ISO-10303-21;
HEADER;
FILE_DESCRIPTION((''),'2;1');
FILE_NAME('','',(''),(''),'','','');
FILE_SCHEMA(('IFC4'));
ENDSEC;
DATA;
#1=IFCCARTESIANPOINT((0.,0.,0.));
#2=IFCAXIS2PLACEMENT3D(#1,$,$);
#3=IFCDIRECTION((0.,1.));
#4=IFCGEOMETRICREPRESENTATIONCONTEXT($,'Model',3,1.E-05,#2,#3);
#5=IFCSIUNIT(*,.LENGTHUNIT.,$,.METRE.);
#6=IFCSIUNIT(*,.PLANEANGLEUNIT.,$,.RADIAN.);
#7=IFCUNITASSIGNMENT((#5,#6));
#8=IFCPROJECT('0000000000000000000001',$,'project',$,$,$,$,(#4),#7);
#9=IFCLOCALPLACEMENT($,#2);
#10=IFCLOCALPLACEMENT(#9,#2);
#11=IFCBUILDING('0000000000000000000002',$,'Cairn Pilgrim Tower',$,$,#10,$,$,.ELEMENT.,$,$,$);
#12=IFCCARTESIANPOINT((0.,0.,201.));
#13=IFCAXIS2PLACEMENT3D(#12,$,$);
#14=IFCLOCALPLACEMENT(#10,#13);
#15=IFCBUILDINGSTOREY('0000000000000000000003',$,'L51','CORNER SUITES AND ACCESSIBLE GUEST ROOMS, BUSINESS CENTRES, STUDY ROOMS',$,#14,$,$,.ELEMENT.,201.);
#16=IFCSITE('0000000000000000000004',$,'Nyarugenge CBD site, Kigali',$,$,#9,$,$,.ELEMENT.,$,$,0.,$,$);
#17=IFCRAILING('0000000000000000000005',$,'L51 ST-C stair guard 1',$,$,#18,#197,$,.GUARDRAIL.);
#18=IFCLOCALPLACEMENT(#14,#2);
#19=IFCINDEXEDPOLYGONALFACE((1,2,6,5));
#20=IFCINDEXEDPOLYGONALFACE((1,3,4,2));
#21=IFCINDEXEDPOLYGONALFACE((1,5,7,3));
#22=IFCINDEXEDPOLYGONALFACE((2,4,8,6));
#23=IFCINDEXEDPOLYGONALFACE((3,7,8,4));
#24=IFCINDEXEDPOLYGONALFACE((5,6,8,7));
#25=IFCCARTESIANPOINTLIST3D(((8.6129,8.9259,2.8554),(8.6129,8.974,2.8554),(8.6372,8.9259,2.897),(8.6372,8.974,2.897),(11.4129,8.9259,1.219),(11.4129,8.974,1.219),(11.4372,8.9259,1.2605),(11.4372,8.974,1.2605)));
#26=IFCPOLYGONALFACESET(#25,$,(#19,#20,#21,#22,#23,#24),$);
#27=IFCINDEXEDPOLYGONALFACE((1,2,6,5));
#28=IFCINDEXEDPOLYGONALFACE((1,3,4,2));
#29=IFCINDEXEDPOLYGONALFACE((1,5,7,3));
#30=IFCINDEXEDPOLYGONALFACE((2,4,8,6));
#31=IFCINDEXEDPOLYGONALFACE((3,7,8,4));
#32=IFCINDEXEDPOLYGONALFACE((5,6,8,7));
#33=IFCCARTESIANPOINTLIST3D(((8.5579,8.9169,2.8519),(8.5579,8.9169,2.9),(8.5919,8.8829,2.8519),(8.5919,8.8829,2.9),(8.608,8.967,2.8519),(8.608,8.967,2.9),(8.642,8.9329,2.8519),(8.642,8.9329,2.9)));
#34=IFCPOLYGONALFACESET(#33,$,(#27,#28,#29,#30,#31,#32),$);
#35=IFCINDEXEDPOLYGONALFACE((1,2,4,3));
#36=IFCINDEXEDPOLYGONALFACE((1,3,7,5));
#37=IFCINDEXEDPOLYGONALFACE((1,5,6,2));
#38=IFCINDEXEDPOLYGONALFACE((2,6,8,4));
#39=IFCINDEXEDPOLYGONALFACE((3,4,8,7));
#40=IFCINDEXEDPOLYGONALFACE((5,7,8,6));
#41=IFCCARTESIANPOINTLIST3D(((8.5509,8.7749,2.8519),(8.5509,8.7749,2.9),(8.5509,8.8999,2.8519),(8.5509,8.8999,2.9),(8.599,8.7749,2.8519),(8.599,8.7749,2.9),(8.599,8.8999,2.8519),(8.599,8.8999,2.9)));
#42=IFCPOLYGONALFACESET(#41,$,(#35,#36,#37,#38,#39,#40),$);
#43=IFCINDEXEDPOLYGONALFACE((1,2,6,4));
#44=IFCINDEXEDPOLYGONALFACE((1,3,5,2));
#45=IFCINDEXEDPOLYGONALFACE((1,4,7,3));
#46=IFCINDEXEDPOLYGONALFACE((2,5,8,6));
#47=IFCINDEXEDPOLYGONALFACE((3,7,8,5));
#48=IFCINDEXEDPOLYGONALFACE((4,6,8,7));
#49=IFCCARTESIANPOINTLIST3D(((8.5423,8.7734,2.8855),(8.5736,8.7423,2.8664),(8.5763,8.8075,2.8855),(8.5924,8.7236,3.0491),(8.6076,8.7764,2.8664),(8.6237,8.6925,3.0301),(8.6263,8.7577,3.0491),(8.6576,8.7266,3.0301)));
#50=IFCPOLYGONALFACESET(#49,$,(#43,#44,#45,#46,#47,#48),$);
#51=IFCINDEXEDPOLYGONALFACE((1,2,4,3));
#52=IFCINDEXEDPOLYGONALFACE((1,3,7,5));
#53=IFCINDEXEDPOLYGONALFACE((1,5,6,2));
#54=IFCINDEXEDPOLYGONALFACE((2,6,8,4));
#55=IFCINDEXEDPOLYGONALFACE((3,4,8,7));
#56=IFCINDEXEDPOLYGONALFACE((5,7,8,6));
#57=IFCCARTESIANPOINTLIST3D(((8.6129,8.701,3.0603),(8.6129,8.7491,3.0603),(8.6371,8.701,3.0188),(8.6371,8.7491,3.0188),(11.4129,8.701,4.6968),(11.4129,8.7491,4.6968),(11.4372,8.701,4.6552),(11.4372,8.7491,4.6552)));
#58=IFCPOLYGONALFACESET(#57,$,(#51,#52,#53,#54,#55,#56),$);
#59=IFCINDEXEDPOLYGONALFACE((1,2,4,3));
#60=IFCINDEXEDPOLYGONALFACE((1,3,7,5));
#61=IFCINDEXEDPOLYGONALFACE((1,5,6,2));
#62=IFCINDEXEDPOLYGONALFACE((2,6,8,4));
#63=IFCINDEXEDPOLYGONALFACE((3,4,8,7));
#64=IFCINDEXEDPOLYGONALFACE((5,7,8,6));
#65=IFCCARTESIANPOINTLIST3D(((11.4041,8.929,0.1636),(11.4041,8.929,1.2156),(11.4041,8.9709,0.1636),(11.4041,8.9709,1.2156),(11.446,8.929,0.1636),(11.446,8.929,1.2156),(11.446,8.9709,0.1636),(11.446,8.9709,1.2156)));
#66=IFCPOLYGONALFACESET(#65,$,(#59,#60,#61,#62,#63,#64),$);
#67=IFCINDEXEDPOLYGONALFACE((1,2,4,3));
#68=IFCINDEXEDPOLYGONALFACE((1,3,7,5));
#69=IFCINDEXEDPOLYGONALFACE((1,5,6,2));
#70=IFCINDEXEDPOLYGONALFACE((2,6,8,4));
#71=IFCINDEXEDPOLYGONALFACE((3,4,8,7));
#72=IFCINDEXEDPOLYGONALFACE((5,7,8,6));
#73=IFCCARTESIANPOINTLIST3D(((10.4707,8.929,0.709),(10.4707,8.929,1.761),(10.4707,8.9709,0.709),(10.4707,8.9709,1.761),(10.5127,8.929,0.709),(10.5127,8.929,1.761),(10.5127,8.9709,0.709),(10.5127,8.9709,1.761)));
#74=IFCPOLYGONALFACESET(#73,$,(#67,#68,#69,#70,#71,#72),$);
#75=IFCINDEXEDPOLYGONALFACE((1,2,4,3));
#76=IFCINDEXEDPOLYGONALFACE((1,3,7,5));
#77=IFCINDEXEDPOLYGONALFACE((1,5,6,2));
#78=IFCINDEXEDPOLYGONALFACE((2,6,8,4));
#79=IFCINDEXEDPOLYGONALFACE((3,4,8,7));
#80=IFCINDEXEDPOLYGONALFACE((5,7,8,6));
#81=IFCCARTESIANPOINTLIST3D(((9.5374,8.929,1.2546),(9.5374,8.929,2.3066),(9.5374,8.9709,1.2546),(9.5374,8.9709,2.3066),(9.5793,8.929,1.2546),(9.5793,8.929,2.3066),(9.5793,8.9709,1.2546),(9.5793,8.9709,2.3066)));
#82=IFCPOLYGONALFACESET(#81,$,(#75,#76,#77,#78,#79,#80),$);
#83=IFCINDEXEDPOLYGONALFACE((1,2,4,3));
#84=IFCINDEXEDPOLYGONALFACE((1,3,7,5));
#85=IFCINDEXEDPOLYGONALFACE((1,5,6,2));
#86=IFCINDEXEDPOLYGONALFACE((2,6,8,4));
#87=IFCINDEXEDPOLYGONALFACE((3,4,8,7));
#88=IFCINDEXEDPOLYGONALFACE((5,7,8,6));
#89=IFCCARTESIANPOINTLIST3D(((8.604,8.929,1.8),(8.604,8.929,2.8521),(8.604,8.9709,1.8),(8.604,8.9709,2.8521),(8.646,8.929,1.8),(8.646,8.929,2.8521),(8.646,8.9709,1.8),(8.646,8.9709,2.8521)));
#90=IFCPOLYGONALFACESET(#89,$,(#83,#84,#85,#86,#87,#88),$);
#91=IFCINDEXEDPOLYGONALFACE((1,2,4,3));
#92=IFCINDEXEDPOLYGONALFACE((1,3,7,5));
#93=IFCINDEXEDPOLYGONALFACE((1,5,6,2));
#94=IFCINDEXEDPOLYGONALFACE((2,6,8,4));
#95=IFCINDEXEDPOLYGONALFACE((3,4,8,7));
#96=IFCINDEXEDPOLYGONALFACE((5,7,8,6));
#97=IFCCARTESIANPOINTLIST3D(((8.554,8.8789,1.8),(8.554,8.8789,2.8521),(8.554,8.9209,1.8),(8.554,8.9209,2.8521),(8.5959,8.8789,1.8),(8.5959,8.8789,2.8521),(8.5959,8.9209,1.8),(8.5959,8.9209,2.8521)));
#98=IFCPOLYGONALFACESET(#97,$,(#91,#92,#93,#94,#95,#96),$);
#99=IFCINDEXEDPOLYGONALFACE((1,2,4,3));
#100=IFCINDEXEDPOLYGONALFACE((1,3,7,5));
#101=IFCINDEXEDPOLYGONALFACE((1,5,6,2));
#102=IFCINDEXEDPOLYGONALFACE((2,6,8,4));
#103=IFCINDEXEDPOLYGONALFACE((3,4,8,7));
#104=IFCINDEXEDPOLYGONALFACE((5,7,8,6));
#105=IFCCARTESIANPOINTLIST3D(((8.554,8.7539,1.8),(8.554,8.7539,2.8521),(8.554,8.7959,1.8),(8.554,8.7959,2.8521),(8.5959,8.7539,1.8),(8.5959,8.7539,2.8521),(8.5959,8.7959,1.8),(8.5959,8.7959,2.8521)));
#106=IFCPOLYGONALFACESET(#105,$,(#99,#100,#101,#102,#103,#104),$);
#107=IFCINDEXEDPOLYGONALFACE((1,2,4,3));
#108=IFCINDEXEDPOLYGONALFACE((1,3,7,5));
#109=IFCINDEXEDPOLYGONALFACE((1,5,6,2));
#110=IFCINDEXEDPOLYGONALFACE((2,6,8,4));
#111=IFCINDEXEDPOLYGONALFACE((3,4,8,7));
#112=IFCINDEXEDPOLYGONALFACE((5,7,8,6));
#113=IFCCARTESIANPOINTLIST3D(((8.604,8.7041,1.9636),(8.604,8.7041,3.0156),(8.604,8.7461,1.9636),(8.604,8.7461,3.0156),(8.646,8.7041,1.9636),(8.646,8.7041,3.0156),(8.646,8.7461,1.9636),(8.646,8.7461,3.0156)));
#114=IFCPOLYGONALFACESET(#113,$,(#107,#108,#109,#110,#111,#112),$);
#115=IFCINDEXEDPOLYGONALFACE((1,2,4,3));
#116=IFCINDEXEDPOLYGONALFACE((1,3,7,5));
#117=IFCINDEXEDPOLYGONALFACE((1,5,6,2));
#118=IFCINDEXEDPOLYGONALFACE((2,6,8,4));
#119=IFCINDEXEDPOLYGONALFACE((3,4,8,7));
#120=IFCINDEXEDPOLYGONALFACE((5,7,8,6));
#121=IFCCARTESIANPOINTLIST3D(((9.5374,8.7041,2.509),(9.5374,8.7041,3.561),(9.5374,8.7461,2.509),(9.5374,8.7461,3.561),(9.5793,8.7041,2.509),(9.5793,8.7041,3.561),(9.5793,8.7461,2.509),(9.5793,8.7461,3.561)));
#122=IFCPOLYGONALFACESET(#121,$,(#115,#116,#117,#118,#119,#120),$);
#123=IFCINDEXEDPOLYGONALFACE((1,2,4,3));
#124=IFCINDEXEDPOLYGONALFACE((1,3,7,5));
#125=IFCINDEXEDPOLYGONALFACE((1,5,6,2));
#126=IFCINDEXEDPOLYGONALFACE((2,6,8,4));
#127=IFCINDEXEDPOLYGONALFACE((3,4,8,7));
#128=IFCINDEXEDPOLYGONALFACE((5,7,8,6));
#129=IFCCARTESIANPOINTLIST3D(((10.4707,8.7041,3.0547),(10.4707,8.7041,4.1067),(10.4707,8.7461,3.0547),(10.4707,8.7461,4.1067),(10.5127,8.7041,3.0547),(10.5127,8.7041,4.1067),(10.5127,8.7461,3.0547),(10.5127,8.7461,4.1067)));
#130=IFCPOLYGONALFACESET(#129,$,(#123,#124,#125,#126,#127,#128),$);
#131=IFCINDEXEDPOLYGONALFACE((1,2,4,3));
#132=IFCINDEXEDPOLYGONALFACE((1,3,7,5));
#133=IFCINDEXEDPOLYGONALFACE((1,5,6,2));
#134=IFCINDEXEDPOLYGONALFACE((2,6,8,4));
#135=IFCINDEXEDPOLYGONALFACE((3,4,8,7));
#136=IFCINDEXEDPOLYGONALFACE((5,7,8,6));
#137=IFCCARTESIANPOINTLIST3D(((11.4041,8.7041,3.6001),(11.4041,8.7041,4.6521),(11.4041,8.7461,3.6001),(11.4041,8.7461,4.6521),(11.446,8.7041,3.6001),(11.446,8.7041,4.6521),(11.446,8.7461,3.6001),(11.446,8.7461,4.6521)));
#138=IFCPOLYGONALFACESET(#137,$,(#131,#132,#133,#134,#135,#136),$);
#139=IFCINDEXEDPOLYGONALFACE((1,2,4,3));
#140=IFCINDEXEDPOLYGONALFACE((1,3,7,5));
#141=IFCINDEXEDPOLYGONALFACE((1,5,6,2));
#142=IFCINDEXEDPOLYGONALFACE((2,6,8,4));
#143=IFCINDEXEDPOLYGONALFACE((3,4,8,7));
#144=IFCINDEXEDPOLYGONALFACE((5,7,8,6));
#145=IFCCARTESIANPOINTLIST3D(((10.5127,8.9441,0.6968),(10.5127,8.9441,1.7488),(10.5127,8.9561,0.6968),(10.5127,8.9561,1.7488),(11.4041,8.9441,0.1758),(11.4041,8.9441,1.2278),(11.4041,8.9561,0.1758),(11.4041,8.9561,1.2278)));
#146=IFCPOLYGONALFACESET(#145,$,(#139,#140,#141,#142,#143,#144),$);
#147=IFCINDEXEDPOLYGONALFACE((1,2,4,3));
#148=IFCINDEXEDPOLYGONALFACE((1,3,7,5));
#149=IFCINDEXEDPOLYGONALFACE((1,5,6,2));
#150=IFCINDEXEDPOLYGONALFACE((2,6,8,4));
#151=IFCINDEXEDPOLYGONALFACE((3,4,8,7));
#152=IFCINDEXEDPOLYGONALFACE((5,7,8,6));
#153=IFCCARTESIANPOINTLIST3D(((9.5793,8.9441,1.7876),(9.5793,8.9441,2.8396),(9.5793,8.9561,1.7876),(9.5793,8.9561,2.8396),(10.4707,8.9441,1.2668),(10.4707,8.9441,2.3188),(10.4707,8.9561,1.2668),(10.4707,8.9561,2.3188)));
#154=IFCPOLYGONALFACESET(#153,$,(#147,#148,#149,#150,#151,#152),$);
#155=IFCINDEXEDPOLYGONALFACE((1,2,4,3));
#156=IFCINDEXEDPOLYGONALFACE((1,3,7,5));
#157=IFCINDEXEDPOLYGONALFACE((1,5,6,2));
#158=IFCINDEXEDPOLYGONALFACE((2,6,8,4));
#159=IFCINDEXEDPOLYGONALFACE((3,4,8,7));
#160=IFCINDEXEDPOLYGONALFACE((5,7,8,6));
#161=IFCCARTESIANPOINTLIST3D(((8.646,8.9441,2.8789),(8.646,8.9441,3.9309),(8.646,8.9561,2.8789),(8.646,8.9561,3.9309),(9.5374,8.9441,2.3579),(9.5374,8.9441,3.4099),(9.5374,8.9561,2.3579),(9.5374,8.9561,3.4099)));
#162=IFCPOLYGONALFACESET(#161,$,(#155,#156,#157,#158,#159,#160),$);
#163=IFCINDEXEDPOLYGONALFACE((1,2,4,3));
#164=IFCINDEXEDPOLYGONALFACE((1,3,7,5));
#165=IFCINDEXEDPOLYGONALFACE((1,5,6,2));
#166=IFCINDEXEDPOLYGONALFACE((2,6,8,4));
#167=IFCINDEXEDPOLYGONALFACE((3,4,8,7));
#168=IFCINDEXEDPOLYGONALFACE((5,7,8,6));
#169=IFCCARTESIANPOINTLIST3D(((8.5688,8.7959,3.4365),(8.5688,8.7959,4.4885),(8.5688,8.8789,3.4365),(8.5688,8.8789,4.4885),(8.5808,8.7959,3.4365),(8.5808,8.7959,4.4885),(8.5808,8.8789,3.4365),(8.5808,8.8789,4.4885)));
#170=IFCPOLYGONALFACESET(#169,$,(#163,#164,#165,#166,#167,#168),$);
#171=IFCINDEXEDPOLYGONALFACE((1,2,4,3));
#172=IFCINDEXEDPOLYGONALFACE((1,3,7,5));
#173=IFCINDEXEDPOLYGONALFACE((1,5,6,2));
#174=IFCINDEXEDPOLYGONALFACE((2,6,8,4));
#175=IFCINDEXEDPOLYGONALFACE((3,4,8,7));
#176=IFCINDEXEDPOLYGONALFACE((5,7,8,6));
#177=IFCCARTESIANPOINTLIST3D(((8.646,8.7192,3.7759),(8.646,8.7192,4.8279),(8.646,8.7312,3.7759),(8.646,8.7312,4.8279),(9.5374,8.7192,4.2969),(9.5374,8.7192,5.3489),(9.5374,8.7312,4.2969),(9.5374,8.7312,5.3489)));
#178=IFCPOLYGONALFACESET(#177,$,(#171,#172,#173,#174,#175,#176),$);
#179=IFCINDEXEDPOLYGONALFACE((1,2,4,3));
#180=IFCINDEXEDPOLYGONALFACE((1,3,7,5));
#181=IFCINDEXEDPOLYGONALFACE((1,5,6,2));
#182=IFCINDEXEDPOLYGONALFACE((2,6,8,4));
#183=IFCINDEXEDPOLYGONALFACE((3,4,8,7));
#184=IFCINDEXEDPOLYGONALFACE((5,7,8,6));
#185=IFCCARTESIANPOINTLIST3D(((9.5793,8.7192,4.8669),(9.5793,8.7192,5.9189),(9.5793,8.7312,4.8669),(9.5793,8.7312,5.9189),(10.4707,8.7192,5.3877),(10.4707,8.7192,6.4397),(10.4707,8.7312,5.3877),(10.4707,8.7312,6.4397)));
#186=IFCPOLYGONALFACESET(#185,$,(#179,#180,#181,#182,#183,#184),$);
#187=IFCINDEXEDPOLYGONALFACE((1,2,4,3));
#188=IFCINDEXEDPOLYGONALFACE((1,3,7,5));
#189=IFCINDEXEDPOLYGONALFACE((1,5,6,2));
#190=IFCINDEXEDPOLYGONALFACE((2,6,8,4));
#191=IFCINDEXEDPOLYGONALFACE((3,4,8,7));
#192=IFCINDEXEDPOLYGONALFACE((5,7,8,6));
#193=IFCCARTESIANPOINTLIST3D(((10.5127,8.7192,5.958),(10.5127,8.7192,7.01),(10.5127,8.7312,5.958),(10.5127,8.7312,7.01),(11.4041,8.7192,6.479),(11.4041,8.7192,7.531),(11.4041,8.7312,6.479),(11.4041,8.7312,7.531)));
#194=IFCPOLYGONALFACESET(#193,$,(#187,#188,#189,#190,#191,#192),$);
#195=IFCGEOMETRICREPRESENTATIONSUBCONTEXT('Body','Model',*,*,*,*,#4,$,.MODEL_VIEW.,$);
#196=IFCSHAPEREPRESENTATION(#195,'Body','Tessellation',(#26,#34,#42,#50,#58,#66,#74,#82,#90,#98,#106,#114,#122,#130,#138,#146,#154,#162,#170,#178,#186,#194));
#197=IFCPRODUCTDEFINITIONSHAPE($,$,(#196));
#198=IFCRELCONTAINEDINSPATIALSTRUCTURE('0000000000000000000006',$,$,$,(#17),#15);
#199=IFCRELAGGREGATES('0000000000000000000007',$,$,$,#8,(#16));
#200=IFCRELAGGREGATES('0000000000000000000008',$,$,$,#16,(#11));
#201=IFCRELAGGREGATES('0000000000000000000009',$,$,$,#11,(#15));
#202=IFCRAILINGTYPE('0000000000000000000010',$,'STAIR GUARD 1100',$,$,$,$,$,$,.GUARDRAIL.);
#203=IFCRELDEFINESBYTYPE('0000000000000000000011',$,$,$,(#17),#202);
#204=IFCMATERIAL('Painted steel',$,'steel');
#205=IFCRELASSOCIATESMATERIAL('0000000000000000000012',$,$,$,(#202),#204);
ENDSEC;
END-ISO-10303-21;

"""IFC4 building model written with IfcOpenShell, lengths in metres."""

from ifc_helpers import new_model, si_unit, direction, frame, origin, origin_2d, place, context, subcontext, project, spatial, polyline, rectangle, outline, extrude, material, type_object, element, save


model = new_model("IFC4")

# Units and contexts
model_context = context("Model", 3, precision=1e-05, world=origin(), true_north=direction((0.0, 1.0)))
body_context = subcontext(model_context, "Body", "Model", "MODEL_VIEW")
ifc_project = project(units=[si_unit("LENGTHUNIT", "METRE"), si_unit("PLANEANGLEUNIT", "RADIAN")], contexts=[model_context])

# Site, building, storey
site_placement = place(None, origin())
site = spatial("IfcSite", under=ifc_project, at=site_placement, Name="Nyarugenge CBD site, Kigali", CompositionType="ELEMENT", RefElevation=0.0)
building_placement = place(site_placement, origin())
building = spatial("IfcBuilding", under=site, at=building_placement, Name="Cairn Pilgrim Tower", CompositionType="ELEMENT")
storey_placement = place(building_placement, frame((0.0, 0.0, 201.0)))
storey = spatial("IfcBuildingStorey", under=building, at=storey_placement, Name="L51", Description="CORNER SUITES AND ACCESSIBLE GUEST ROOMS, BUSINESS CENTRES, STUDY ROOMS", CompositionType="ELEMENT", Elevation=201.0)

# Shared definitions
ifc_material_1 = material(Name="Painted steel", Category="steel")

# Railing
railing_type_1 = type_object("IfcRailingType", Name="STAIR GUARD 1100", PredefinedType="GUARDRAIL", material=ifc_material_1)
railing_1_placement = place(storey_placement, frame((11.425, 8.95, 0.1636)))
element("IfcRailing", 1, at=railing_1_placement, inside=storey, type_object=railing_type_1, Name="L51 ST-C stair guard 1", PredefinedType="GUARDRAIL", context=body_context, shape_type="SweptSolid", body=[
    extrude(rectangle(XDim=0.0481, YDim=0.0481, at=origin_2d()), frame((0.0, 0.0, 1.0762), z_axis=(-0.863361, 0.0, 0.504587), x_axis=(0.0, -1.0, 0.0)), (0.0, 0.0, 1.0), 3.2432),
    extrude(rectangle(XDim=0.0481, YDim=0.0481, at=origin_2d()), frame((-2.8, 0.0, 2.7124), z_axis=(-0.707107, -0.707107, 0.0), x_axis=(0.707107, -0.707107, 0.0)), (0.0, 0.0, 1.0), 0.0708),
    extrude(rectangle(XDim=0.0481, YDim=0.0481, at=origin_2d()), frame((-2.8501, -0.05, 2.7124), z_axis=(0.0, -1.0, 0.0), x_axis=(1.0, 0.0, 0.0)), (0.0, 0.0, 1.0), 0.125),
    extrude(rectangle(XDim=0.0481, YDim=0.0481, at=origin_2d()), frame((-2.8501, -0.175, 2.7124), z_axis=(0.280917, -0.279546, 0.918118), x_axis=(0.705376, 0.708834, 0.0)), (0.0, 0.0, 1.0), 0.1782),
    extrude(rectangle(XDim=0.0481, YDim=0.0481, at=origin_2d()), frame((-2.8, -0.2249, 2.876), z_axis=(0.863361, 0.0, 0.504587), x_axis=(0.0, 1.0, 0.0)), (0.0, 0.0, 1.0), 3.2432),
    extrude(rectangle(XDim=0.042, YDim=0.042, at=origin_2d()), origin(), (0.0, 0.0, 1.0), 1.052),
    extrude(rectangle(XDim=0.042, YDim=0.042, at=origin_2d()), frame((-0.9333, 0.0, 0.5454)), (0.0, 0.0, 1.0), 1.052),
    extrude(rectangle(XDim=0.042, YDim=0.042, at=origin_2d()), frame((-1.8667, 0.0, 1.0911)), (0.0, 0.0, 1.0), 1.052),
    extrude(rectangle(XDim=0.042, YDim=0.042, at=origin_2d()), frame((-2.8, 0.0, 1.6365)), (0.0, 0.0, 1.0), 1.052),
    extrude(rectangle(XDim=0.042, YDim=0.042, at=origin_2d()), frame((-2.8501, -0.05, 1.6365)), (0.0, 0.0, 1.0), 1.052),
    extrude(rectangle(XDim=0.042, YDim=0.042, at=origin_2d()), frame((-2.8501, -0.175, 1.6365)), (0.0, 0.0, 1.0), 1.052),
    extrude(rectangle(XDim=0.042, YDim=0.042, at=origin_2d()), frame((-2.8, -0.2249, 1.8)), (0.0, 0.0, 1.0), 1.052),
    extrude(rectangle(XDim=0.042, YDim=0.042, at=origin_2d()), frame((-1.8667, -0.2249, 2.3455)), (0.0, 0.0, 1.0), 1.052),
    extrude(rectangle(XDim=0.042, YDim=0.042, at=origin_2d()), frame((-0.9333, -0.2249, 2.8911)), (0.0, 0.0, 1.0), 1.052),
    extrude(rectangle(XDim=0.042, YDim=0.042, at=origin_2d()), frame((0.0, -0.2249, 3.4365)), (0.0, 0.0, 1.0), 1.052),
    extrude(outline(polyline([(0.021, 0.0122), (0.9124, 0.5332), (0.9124, 1.5852), (0.021, 1.0642), (0.021, 0.0122)])), frame((0.0, -0.0059, 0.0), z_axis=(0.0, 1.0, 0.0), x_axis=(-1.0, 0.0, 0.0)), (0.0, 0.0, 1.0), 0.012),
    extrude(outline(polyline([(0.021, 0.5579), (0.9124, 1.0786), (0.9124, 2.1306), (0.021, 1.6099), (0.021, 0.5579)])), frame((-0.9333, -0.0059, 0.5454), z_axis=(0.0, 1.0, 0.0), x_axis=(-1.0, 0.0, 0.0)), (0.0, 0.0, 1.0), 0.012),
    extrude(outline(polyline([(0.021, 1.1033), (0.9124, 1.6243), (0.9124, 2.6763), (0.021, 2.1553), (0.021, 1.1033)])), frame((-1.8667, -0.0059, 1.0911), z_axis=(0.0, 1.0, 0.0), x_axis=(-1.0, 0.0, 0.0)), (0.0, 0.0, 1.0), 0.012),
    extrude(outline(polyline([(0.021, 1.6365), (0.104, 1.6365), (0.104, 2.6885), (0.021, 2.6885), (0.021, 1.6365)])), frame((-2.8442, -0.05, 1.6365), z_axis=(-1.0, 0.0, 0.0), x_axis=(0.0, -1.0, 0.0)), (0.0, 0.0, 1.0), 0.012),
    extrude(outline(polyline([(0.021, 1.8123), (0.9124, 2.3333), (0.9124, 3.3853), (0.021, 2.8643), (0.021, 1.8123)])), frame((-2.8, -0.2188, 1.8), z_axis=(0.0, -1.0, 0.0), x_axis=(1.0, 0.0, 0.0)), (0.0, 0.0, 1.0), 0.012),
    extrude(outline(polyline([(0.021, 2.3579), (0.9124, 2.8787), (0.9124, 3.9307), (0.021, 3.4099), (0.021, 2.3579)])), frame((-1.8667, -0.2188, 2.3455), z_axis=(0.0, -1.0, 0.0), x_axis=(1.0, 0.0, 0.0)), (0.0, 0.0, 1.0), 0.012),
    extrude(outline(polyline([(0.021, 2.9033), (0.9124, 3.4243), (0.9124, 4.4763), (0.021, 3.9553), (0.021, 2.9033)])), frame((-0.9333, -0.2188, 2.8911), z_axis=(0.0, -1.0, 0.0), x_axis=(1.0, 0.0, 0.0)), (0.0, 0.0, 1.0), 0.012),
])

save(model, "model.ifc")
